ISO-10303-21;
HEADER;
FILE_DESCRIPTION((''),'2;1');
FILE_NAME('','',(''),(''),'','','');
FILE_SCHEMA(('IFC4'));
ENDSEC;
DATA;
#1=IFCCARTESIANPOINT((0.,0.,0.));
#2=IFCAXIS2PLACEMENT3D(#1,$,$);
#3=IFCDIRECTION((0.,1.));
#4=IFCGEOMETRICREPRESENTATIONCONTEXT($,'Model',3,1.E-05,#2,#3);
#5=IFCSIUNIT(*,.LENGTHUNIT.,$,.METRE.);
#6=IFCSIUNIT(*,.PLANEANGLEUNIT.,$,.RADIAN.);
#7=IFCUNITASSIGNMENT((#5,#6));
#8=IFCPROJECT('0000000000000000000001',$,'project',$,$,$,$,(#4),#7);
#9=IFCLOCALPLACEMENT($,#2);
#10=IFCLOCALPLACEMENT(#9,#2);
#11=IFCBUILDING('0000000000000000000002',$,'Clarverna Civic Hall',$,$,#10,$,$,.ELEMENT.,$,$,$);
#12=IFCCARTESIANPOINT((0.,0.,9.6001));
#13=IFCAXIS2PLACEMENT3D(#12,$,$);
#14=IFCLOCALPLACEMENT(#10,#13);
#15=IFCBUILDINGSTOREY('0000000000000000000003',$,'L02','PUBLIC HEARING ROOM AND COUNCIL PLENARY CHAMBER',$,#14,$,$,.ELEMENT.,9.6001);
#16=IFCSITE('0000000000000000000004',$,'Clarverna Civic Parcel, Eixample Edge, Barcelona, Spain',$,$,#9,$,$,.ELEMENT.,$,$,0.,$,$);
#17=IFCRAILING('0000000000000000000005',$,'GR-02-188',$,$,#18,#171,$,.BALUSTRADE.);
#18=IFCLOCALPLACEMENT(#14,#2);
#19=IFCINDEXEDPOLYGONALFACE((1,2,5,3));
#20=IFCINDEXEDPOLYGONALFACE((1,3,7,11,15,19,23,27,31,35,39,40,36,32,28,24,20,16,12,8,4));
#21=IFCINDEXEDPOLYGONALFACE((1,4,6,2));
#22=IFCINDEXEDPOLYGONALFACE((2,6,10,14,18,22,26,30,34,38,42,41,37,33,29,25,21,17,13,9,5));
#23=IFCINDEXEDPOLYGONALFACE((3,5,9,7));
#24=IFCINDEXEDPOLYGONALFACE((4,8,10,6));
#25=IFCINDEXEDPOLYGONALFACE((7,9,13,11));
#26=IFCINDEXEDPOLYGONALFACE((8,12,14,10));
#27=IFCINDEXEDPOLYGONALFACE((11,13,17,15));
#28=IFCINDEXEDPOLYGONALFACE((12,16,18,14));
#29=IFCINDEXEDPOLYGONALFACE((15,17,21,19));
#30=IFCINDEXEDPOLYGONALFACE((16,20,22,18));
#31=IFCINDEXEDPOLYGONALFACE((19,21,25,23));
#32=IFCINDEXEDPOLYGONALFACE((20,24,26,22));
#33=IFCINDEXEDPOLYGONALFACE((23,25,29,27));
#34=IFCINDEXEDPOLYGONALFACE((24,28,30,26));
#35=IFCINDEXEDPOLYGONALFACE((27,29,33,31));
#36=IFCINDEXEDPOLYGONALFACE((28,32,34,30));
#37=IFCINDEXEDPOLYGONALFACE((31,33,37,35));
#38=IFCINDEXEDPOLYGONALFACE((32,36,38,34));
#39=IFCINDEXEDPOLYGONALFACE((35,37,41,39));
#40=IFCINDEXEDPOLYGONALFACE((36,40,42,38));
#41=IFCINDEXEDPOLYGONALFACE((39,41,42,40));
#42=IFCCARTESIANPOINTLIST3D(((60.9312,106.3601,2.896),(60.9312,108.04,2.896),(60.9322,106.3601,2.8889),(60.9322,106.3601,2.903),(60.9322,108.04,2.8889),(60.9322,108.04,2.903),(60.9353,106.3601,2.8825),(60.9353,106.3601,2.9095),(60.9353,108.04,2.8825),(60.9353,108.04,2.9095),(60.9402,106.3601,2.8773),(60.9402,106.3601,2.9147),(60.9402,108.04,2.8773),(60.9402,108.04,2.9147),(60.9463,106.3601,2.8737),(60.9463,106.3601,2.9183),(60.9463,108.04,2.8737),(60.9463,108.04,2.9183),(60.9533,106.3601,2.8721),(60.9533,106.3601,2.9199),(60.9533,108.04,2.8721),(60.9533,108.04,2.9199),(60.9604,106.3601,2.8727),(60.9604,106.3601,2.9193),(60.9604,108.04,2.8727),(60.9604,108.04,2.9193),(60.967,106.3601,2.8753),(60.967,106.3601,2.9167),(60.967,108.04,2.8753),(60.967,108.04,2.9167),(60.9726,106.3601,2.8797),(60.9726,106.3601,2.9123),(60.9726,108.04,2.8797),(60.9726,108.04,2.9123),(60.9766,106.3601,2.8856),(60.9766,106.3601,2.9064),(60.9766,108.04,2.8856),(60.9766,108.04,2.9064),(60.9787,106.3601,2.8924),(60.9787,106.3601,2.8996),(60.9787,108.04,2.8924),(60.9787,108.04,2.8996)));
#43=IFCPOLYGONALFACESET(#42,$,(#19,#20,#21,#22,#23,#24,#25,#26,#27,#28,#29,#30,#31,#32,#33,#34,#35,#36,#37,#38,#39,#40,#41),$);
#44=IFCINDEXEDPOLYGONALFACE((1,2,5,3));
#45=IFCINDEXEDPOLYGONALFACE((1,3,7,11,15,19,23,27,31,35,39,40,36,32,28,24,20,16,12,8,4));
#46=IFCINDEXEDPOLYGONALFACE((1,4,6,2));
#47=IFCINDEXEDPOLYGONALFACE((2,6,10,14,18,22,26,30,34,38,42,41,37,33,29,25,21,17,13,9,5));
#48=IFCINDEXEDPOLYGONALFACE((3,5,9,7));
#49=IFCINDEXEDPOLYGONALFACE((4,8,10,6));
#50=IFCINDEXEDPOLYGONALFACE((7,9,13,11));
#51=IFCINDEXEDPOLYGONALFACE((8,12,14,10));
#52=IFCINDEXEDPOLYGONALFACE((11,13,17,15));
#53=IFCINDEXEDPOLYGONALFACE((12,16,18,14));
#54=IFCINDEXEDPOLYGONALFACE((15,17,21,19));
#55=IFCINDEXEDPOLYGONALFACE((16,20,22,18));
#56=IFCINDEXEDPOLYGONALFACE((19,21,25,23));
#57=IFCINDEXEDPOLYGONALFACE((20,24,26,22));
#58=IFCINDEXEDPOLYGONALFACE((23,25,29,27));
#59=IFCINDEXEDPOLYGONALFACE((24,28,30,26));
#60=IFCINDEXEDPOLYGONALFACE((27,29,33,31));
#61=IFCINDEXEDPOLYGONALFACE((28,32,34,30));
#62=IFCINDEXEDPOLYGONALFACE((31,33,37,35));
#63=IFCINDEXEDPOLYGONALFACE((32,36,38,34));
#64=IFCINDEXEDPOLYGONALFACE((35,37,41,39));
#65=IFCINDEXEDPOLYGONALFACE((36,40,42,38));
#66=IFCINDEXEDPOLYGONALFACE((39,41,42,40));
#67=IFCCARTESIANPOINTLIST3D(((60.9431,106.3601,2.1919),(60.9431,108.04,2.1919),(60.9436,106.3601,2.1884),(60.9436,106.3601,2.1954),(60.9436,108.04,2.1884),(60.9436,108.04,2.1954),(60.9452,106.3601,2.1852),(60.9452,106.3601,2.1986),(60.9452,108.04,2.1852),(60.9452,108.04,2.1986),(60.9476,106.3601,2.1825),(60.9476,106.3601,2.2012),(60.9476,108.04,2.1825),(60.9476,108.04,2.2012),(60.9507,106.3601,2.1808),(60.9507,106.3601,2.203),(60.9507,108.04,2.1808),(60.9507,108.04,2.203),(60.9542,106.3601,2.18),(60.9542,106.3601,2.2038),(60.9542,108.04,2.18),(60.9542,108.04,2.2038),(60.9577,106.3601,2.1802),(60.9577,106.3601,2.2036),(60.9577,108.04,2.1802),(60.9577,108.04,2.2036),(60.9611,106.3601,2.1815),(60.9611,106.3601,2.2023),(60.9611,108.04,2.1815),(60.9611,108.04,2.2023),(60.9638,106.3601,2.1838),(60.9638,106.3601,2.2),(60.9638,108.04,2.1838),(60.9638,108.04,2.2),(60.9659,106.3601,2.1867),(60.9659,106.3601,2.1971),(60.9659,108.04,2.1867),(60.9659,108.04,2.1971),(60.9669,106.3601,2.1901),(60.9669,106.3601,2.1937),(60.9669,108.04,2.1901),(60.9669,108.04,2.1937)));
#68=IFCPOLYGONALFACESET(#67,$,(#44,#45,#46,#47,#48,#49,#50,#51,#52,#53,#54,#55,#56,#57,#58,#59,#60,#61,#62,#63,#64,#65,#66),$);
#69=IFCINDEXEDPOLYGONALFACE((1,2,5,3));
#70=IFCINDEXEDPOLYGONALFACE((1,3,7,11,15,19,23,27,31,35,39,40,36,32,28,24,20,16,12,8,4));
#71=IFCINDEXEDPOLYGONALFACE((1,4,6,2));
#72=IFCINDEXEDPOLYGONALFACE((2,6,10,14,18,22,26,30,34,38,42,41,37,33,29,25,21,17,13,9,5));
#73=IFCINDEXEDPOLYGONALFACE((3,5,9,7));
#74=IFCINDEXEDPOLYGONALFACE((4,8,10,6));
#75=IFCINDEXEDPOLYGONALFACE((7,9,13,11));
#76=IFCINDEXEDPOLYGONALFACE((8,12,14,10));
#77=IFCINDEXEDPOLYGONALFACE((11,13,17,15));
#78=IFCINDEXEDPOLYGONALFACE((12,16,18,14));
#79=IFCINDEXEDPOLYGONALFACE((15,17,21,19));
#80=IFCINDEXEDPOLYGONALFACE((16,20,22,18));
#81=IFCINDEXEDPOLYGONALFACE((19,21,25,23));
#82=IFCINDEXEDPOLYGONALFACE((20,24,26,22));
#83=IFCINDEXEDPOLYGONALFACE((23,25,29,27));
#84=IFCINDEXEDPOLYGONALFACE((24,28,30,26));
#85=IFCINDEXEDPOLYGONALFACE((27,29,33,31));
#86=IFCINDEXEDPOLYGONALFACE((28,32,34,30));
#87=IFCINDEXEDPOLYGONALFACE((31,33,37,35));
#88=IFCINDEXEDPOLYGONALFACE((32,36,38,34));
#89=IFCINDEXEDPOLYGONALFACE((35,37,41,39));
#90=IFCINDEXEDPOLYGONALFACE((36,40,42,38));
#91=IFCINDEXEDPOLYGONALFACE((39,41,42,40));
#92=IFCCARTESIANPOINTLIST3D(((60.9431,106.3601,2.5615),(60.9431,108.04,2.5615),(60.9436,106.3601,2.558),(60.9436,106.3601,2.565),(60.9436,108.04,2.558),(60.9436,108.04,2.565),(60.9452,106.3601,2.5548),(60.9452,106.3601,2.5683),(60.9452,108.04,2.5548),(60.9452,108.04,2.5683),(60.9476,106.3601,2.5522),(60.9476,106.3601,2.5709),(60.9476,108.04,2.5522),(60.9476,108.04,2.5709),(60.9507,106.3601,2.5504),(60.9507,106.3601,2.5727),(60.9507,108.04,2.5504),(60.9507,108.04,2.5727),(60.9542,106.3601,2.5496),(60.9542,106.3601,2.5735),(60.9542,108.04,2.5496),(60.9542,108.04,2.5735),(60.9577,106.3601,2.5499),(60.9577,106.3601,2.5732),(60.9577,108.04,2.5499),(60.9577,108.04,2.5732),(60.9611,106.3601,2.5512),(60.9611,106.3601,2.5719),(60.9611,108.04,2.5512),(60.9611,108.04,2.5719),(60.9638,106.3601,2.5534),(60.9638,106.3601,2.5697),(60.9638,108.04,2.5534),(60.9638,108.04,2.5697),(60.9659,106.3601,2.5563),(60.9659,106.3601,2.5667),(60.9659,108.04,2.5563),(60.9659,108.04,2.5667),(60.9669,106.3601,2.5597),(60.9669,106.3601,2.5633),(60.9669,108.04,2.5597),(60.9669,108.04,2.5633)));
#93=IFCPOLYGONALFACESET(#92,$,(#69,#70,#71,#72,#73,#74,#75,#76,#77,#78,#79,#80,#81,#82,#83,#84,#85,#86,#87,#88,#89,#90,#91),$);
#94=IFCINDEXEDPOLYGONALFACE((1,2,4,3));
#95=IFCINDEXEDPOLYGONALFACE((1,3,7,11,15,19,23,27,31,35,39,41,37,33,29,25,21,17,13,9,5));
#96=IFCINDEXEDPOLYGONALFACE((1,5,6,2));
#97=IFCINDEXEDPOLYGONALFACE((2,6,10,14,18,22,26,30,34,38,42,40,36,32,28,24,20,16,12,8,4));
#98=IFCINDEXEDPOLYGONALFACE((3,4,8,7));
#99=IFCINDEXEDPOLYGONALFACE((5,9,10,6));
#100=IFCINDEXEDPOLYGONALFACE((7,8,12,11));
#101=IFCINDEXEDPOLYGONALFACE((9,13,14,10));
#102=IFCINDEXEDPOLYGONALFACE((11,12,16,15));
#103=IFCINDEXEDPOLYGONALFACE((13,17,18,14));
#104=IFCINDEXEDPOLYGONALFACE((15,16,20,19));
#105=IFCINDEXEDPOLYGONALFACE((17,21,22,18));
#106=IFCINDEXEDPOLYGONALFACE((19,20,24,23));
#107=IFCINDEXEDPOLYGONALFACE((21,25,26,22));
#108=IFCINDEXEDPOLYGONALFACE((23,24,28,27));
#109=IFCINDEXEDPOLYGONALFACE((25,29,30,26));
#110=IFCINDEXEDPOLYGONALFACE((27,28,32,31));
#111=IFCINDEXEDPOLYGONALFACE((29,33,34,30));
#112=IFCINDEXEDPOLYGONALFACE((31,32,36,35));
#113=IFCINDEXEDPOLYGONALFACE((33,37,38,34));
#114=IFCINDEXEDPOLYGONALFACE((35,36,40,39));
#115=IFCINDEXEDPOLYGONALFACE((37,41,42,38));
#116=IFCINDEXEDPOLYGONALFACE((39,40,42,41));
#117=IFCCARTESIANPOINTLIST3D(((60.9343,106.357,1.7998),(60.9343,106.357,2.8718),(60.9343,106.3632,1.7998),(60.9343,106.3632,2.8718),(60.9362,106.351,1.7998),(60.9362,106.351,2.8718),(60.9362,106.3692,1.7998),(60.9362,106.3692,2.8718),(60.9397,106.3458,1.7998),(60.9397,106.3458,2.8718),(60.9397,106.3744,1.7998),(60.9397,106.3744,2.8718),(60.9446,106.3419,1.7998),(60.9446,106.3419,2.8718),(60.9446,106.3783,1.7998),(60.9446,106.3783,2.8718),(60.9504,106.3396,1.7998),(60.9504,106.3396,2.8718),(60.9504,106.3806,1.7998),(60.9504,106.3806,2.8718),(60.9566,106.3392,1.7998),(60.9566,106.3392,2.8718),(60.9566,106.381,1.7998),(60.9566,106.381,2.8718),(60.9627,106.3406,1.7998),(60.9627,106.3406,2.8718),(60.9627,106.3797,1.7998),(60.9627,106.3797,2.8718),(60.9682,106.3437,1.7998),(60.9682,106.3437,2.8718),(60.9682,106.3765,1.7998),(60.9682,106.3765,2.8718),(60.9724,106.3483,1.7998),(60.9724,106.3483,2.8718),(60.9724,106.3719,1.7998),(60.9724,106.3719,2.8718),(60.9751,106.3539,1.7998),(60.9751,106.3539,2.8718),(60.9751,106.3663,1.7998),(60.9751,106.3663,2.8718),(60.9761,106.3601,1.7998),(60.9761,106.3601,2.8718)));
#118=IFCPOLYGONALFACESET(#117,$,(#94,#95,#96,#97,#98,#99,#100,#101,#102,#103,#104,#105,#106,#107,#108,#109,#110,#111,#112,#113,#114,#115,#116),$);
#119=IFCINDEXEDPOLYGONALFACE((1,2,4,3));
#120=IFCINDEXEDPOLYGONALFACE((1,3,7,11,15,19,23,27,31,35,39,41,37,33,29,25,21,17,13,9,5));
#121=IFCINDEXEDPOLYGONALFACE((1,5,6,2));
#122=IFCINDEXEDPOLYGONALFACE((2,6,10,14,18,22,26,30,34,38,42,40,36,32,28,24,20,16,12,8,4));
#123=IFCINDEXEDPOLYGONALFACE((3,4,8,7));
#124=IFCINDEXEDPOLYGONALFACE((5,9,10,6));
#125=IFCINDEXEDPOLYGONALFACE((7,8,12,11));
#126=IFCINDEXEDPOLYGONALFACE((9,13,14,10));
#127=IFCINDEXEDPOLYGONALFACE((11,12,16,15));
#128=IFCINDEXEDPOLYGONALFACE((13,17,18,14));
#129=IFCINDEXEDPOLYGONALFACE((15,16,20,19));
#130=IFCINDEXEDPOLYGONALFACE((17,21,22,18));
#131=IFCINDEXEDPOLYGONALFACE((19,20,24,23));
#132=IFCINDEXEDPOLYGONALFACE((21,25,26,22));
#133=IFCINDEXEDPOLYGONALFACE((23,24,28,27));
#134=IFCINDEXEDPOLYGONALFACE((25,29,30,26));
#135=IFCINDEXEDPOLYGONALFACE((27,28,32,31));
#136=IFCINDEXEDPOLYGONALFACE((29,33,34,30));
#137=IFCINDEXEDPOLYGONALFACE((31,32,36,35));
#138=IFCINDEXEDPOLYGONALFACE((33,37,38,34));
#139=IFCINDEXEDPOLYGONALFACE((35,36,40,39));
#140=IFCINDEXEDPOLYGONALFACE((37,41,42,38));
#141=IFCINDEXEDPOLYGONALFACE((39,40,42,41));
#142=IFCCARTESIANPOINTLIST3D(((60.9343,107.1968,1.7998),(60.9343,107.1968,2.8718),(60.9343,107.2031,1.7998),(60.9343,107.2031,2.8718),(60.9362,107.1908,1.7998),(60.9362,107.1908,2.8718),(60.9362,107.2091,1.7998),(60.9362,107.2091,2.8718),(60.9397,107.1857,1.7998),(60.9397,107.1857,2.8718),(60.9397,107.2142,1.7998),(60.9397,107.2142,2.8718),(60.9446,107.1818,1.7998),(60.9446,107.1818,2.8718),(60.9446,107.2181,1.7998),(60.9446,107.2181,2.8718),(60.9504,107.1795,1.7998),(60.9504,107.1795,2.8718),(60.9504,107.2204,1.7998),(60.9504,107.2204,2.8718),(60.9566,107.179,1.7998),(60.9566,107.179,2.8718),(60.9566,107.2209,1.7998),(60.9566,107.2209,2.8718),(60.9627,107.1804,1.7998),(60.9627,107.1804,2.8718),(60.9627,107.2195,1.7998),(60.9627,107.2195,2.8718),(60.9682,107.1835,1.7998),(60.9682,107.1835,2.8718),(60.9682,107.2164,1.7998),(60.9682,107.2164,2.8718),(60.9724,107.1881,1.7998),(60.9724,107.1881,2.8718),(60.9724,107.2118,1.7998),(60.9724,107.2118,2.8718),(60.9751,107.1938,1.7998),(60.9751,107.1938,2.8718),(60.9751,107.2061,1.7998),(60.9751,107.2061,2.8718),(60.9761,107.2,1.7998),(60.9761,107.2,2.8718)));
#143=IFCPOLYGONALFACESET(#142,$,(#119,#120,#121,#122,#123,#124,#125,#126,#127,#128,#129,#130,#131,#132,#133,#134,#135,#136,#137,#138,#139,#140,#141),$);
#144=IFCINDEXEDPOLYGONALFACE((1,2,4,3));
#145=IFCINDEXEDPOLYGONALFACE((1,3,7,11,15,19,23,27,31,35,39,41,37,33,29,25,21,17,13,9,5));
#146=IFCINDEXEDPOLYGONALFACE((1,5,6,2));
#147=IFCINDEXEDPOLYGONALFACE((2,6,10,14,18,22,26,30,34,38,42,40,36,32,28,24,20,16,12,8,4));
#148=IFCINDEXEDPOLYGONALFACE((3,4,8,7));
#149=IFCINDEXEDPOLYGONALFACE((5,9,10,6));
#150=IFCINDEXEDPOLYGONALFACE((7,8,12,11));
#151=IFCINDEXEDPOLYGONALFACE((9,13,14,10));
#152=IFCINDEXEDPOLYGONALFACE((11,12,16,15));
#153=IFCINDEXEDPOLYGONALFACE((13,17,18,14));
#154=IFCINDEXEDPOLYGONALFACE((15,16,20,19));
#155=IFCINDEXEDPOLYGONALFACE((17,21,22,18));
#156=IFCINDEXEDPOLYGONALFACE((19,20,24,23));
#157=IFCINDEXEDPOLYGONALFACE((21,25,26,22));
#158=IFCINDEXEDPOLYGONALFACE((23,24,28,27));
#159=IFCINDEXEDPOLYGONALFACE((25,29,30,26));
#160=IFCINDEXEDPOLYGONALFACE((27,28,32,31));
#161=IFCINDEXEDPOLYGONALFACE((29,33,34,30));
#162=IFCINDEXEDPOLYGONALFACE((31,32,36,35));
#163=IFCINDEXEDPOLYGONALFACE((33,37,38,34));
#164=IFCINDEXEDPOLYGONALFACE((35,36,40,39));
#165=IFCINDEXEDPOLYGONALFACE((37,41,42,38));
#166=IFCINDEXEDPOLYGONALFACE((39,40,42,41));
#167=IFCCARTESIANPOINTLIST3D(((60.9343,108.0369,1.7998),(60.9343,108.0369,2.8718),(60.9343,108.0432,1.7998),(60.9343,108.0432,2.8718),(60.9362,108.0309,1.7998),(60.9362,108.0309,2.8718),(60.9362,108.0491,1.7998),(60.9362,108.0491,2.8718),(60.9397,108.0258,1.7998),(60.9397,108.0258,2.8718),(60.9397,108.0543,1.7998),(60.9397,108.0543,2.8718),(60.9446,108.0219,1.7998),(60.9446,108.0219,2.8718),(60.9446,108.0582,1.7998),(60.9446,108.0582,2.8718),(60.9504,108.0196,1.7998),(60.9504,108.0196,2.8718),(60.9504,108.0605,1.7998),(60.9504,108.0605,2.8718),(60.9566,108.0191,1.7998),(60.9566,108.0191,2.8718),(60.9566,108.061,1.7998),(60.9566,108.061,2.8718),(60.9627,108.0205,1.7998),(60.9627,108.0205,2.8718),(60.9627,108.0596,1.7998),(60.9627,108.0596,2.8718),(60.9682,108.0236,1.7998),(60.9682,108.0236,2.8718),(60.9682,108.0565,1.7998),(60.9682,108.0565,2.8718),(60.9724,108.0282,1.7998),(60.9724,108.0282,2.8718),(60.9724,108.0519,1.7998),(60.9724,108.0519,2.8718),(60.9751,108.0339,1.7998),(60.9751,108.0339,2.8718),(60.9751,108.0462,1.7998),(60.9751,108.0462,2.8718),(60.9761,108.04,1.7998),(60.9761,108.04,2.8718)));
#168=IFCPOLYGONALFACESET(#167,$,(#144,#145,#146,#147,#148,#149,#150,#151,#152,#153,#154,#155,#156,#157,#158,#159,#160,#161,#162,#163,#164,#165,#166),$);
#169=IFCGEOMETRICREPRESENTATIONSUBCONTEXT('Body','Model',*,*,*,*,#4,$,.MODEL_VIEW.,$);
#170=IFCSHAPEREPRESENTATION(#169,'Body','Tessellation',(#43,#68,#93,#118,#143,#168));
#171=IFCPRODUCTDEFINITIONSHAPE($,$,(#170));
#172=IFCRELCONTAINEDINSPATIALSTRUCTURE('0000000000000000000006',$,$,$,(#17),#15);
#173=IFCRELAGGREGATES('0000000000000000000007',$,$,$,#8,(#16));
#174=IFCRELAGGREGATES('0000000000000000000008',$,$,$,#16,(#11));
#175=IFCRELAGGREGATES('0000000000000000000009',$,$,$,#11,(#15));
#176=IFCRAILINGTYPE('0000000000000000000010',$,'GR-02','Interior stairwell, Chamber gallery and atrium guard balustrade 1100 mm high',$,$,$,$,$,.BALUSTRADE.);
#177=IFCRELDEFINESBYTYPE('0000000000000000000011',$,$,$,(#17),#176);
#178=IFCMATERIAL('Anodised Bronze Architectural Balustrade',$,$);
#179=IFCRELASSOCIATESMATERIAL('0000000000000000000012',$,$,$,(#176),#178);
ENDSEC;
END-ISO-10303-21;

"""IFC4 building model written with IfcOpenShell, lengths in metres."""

from ifc_helpers import new_model, si_unit, direction, frame, origin, origin_2d, place, context, subcontext, project, spatial, circle, extrude, material, type_object, element, save


model = new_model("IFC4")

# Units and contexts
model_context = context("Model", 3, precision=1e-05, world=origin(), true_north=direction((0.0, 1.0)))
body_context = subcontext(model_context, "Body", "Model", "MODEL_VIEW")
ifc_project = project(units=[si_unit("LENGTHUNIT", "METRE"), si_unit("PLANEANGLEUNIT", "RADIAN")], contexts=[model_context])

# Site, building, storey
site_placement = place(None, origin())
site = spatial("IfcSite", under=ifc_project, at=site_placement, Name="Clarverna Civic Parcel, Eixample Edge, Barcelona, Spain", CompositionType="ELEMENT", RefElevation=0.0)
building_placement = place(site_placement, origin())
building = spatial("IfcBuilding", under=site, at=building_placement, Name="Clarverna Civic Hall", CompositionType="ELEMENT")
storey_placement = place(building_placement, frame((0.0, 0.0, 9.6001)))
storey = spatial("IfcBuildingStorey", under=building, at=storey_placement, Name="L02", Description="PUBLIC HEARING ROOM AND COUNCIL PLENARY CHAMBER", CompositionType="ELEMENT", Elevation=9.6001)

# Railing
ifc_material_1 = material(Name="Anodised Bronze Architectural Balustrade")
railing_type_1 = type_object("IfcRailingType", Name="GR-02", Description="Interior stairwell, Chamber gallery and atrium guard balustrade 1100 mm high", PredefinedType="BALUSTRADE", material=ifc_material_1)
railing_1_placement = place(storey_placement, frame((60.9551, 106.3601, 1.7998)))
element("IfcRailing", 1, at=railing_1_placement, inside=storey, type_object=railing_type_1, Name="GR-02-188", PredefinedType="BALUSTRADE", context=body_context, shape_type="SweptSolid", body=[
    extrude(circle(Radius=0.0239, at=origin_2d()), frame((0.0, 0.0, 1.0962), z_axis=(0.0, 1.0, 0.0), x_axis=(-1.0, 0.0, 0.0)), (0.0, 0.0, 1.0), 1.6799),
    extrude(circle(Radius=0.012, at=origin_2d()), frame((0.0, 0.0, 0.3921), z_axis=(0.0, 1.0, 0.0), x_axis=(-1.0, 0.0, 0.0)), (0.0, 0.0, 1.0), 1.6799),
    extrude(circle(Radius=0.012, at=origin_2d()), frame((0.0, 0.0, 0.7617), z_axis=(0.0, 1.0, 0.0), x_axis=(-1.0, 0.0, 0.0)), (0.0, 0.0, 1.0), 1.6799),
    extrude(circle(Radius=0.021, at=origin_2d()), origin(), (0.0, 0.0, 1.0), 1.072),
    extrude(circle(Radius=0.021, at=origin_2d()), frame((0.0, 0.8398, 0.0)), (0.0, 0.0, 1.0), 1.072),
    extrude(circle(Radius=0.021, at=origin_2d()), frame((0.0, 1.6799, 0.0)), (0.0, 0.0, 1.0), 1.072),
])

save(model, "model.ifc")
